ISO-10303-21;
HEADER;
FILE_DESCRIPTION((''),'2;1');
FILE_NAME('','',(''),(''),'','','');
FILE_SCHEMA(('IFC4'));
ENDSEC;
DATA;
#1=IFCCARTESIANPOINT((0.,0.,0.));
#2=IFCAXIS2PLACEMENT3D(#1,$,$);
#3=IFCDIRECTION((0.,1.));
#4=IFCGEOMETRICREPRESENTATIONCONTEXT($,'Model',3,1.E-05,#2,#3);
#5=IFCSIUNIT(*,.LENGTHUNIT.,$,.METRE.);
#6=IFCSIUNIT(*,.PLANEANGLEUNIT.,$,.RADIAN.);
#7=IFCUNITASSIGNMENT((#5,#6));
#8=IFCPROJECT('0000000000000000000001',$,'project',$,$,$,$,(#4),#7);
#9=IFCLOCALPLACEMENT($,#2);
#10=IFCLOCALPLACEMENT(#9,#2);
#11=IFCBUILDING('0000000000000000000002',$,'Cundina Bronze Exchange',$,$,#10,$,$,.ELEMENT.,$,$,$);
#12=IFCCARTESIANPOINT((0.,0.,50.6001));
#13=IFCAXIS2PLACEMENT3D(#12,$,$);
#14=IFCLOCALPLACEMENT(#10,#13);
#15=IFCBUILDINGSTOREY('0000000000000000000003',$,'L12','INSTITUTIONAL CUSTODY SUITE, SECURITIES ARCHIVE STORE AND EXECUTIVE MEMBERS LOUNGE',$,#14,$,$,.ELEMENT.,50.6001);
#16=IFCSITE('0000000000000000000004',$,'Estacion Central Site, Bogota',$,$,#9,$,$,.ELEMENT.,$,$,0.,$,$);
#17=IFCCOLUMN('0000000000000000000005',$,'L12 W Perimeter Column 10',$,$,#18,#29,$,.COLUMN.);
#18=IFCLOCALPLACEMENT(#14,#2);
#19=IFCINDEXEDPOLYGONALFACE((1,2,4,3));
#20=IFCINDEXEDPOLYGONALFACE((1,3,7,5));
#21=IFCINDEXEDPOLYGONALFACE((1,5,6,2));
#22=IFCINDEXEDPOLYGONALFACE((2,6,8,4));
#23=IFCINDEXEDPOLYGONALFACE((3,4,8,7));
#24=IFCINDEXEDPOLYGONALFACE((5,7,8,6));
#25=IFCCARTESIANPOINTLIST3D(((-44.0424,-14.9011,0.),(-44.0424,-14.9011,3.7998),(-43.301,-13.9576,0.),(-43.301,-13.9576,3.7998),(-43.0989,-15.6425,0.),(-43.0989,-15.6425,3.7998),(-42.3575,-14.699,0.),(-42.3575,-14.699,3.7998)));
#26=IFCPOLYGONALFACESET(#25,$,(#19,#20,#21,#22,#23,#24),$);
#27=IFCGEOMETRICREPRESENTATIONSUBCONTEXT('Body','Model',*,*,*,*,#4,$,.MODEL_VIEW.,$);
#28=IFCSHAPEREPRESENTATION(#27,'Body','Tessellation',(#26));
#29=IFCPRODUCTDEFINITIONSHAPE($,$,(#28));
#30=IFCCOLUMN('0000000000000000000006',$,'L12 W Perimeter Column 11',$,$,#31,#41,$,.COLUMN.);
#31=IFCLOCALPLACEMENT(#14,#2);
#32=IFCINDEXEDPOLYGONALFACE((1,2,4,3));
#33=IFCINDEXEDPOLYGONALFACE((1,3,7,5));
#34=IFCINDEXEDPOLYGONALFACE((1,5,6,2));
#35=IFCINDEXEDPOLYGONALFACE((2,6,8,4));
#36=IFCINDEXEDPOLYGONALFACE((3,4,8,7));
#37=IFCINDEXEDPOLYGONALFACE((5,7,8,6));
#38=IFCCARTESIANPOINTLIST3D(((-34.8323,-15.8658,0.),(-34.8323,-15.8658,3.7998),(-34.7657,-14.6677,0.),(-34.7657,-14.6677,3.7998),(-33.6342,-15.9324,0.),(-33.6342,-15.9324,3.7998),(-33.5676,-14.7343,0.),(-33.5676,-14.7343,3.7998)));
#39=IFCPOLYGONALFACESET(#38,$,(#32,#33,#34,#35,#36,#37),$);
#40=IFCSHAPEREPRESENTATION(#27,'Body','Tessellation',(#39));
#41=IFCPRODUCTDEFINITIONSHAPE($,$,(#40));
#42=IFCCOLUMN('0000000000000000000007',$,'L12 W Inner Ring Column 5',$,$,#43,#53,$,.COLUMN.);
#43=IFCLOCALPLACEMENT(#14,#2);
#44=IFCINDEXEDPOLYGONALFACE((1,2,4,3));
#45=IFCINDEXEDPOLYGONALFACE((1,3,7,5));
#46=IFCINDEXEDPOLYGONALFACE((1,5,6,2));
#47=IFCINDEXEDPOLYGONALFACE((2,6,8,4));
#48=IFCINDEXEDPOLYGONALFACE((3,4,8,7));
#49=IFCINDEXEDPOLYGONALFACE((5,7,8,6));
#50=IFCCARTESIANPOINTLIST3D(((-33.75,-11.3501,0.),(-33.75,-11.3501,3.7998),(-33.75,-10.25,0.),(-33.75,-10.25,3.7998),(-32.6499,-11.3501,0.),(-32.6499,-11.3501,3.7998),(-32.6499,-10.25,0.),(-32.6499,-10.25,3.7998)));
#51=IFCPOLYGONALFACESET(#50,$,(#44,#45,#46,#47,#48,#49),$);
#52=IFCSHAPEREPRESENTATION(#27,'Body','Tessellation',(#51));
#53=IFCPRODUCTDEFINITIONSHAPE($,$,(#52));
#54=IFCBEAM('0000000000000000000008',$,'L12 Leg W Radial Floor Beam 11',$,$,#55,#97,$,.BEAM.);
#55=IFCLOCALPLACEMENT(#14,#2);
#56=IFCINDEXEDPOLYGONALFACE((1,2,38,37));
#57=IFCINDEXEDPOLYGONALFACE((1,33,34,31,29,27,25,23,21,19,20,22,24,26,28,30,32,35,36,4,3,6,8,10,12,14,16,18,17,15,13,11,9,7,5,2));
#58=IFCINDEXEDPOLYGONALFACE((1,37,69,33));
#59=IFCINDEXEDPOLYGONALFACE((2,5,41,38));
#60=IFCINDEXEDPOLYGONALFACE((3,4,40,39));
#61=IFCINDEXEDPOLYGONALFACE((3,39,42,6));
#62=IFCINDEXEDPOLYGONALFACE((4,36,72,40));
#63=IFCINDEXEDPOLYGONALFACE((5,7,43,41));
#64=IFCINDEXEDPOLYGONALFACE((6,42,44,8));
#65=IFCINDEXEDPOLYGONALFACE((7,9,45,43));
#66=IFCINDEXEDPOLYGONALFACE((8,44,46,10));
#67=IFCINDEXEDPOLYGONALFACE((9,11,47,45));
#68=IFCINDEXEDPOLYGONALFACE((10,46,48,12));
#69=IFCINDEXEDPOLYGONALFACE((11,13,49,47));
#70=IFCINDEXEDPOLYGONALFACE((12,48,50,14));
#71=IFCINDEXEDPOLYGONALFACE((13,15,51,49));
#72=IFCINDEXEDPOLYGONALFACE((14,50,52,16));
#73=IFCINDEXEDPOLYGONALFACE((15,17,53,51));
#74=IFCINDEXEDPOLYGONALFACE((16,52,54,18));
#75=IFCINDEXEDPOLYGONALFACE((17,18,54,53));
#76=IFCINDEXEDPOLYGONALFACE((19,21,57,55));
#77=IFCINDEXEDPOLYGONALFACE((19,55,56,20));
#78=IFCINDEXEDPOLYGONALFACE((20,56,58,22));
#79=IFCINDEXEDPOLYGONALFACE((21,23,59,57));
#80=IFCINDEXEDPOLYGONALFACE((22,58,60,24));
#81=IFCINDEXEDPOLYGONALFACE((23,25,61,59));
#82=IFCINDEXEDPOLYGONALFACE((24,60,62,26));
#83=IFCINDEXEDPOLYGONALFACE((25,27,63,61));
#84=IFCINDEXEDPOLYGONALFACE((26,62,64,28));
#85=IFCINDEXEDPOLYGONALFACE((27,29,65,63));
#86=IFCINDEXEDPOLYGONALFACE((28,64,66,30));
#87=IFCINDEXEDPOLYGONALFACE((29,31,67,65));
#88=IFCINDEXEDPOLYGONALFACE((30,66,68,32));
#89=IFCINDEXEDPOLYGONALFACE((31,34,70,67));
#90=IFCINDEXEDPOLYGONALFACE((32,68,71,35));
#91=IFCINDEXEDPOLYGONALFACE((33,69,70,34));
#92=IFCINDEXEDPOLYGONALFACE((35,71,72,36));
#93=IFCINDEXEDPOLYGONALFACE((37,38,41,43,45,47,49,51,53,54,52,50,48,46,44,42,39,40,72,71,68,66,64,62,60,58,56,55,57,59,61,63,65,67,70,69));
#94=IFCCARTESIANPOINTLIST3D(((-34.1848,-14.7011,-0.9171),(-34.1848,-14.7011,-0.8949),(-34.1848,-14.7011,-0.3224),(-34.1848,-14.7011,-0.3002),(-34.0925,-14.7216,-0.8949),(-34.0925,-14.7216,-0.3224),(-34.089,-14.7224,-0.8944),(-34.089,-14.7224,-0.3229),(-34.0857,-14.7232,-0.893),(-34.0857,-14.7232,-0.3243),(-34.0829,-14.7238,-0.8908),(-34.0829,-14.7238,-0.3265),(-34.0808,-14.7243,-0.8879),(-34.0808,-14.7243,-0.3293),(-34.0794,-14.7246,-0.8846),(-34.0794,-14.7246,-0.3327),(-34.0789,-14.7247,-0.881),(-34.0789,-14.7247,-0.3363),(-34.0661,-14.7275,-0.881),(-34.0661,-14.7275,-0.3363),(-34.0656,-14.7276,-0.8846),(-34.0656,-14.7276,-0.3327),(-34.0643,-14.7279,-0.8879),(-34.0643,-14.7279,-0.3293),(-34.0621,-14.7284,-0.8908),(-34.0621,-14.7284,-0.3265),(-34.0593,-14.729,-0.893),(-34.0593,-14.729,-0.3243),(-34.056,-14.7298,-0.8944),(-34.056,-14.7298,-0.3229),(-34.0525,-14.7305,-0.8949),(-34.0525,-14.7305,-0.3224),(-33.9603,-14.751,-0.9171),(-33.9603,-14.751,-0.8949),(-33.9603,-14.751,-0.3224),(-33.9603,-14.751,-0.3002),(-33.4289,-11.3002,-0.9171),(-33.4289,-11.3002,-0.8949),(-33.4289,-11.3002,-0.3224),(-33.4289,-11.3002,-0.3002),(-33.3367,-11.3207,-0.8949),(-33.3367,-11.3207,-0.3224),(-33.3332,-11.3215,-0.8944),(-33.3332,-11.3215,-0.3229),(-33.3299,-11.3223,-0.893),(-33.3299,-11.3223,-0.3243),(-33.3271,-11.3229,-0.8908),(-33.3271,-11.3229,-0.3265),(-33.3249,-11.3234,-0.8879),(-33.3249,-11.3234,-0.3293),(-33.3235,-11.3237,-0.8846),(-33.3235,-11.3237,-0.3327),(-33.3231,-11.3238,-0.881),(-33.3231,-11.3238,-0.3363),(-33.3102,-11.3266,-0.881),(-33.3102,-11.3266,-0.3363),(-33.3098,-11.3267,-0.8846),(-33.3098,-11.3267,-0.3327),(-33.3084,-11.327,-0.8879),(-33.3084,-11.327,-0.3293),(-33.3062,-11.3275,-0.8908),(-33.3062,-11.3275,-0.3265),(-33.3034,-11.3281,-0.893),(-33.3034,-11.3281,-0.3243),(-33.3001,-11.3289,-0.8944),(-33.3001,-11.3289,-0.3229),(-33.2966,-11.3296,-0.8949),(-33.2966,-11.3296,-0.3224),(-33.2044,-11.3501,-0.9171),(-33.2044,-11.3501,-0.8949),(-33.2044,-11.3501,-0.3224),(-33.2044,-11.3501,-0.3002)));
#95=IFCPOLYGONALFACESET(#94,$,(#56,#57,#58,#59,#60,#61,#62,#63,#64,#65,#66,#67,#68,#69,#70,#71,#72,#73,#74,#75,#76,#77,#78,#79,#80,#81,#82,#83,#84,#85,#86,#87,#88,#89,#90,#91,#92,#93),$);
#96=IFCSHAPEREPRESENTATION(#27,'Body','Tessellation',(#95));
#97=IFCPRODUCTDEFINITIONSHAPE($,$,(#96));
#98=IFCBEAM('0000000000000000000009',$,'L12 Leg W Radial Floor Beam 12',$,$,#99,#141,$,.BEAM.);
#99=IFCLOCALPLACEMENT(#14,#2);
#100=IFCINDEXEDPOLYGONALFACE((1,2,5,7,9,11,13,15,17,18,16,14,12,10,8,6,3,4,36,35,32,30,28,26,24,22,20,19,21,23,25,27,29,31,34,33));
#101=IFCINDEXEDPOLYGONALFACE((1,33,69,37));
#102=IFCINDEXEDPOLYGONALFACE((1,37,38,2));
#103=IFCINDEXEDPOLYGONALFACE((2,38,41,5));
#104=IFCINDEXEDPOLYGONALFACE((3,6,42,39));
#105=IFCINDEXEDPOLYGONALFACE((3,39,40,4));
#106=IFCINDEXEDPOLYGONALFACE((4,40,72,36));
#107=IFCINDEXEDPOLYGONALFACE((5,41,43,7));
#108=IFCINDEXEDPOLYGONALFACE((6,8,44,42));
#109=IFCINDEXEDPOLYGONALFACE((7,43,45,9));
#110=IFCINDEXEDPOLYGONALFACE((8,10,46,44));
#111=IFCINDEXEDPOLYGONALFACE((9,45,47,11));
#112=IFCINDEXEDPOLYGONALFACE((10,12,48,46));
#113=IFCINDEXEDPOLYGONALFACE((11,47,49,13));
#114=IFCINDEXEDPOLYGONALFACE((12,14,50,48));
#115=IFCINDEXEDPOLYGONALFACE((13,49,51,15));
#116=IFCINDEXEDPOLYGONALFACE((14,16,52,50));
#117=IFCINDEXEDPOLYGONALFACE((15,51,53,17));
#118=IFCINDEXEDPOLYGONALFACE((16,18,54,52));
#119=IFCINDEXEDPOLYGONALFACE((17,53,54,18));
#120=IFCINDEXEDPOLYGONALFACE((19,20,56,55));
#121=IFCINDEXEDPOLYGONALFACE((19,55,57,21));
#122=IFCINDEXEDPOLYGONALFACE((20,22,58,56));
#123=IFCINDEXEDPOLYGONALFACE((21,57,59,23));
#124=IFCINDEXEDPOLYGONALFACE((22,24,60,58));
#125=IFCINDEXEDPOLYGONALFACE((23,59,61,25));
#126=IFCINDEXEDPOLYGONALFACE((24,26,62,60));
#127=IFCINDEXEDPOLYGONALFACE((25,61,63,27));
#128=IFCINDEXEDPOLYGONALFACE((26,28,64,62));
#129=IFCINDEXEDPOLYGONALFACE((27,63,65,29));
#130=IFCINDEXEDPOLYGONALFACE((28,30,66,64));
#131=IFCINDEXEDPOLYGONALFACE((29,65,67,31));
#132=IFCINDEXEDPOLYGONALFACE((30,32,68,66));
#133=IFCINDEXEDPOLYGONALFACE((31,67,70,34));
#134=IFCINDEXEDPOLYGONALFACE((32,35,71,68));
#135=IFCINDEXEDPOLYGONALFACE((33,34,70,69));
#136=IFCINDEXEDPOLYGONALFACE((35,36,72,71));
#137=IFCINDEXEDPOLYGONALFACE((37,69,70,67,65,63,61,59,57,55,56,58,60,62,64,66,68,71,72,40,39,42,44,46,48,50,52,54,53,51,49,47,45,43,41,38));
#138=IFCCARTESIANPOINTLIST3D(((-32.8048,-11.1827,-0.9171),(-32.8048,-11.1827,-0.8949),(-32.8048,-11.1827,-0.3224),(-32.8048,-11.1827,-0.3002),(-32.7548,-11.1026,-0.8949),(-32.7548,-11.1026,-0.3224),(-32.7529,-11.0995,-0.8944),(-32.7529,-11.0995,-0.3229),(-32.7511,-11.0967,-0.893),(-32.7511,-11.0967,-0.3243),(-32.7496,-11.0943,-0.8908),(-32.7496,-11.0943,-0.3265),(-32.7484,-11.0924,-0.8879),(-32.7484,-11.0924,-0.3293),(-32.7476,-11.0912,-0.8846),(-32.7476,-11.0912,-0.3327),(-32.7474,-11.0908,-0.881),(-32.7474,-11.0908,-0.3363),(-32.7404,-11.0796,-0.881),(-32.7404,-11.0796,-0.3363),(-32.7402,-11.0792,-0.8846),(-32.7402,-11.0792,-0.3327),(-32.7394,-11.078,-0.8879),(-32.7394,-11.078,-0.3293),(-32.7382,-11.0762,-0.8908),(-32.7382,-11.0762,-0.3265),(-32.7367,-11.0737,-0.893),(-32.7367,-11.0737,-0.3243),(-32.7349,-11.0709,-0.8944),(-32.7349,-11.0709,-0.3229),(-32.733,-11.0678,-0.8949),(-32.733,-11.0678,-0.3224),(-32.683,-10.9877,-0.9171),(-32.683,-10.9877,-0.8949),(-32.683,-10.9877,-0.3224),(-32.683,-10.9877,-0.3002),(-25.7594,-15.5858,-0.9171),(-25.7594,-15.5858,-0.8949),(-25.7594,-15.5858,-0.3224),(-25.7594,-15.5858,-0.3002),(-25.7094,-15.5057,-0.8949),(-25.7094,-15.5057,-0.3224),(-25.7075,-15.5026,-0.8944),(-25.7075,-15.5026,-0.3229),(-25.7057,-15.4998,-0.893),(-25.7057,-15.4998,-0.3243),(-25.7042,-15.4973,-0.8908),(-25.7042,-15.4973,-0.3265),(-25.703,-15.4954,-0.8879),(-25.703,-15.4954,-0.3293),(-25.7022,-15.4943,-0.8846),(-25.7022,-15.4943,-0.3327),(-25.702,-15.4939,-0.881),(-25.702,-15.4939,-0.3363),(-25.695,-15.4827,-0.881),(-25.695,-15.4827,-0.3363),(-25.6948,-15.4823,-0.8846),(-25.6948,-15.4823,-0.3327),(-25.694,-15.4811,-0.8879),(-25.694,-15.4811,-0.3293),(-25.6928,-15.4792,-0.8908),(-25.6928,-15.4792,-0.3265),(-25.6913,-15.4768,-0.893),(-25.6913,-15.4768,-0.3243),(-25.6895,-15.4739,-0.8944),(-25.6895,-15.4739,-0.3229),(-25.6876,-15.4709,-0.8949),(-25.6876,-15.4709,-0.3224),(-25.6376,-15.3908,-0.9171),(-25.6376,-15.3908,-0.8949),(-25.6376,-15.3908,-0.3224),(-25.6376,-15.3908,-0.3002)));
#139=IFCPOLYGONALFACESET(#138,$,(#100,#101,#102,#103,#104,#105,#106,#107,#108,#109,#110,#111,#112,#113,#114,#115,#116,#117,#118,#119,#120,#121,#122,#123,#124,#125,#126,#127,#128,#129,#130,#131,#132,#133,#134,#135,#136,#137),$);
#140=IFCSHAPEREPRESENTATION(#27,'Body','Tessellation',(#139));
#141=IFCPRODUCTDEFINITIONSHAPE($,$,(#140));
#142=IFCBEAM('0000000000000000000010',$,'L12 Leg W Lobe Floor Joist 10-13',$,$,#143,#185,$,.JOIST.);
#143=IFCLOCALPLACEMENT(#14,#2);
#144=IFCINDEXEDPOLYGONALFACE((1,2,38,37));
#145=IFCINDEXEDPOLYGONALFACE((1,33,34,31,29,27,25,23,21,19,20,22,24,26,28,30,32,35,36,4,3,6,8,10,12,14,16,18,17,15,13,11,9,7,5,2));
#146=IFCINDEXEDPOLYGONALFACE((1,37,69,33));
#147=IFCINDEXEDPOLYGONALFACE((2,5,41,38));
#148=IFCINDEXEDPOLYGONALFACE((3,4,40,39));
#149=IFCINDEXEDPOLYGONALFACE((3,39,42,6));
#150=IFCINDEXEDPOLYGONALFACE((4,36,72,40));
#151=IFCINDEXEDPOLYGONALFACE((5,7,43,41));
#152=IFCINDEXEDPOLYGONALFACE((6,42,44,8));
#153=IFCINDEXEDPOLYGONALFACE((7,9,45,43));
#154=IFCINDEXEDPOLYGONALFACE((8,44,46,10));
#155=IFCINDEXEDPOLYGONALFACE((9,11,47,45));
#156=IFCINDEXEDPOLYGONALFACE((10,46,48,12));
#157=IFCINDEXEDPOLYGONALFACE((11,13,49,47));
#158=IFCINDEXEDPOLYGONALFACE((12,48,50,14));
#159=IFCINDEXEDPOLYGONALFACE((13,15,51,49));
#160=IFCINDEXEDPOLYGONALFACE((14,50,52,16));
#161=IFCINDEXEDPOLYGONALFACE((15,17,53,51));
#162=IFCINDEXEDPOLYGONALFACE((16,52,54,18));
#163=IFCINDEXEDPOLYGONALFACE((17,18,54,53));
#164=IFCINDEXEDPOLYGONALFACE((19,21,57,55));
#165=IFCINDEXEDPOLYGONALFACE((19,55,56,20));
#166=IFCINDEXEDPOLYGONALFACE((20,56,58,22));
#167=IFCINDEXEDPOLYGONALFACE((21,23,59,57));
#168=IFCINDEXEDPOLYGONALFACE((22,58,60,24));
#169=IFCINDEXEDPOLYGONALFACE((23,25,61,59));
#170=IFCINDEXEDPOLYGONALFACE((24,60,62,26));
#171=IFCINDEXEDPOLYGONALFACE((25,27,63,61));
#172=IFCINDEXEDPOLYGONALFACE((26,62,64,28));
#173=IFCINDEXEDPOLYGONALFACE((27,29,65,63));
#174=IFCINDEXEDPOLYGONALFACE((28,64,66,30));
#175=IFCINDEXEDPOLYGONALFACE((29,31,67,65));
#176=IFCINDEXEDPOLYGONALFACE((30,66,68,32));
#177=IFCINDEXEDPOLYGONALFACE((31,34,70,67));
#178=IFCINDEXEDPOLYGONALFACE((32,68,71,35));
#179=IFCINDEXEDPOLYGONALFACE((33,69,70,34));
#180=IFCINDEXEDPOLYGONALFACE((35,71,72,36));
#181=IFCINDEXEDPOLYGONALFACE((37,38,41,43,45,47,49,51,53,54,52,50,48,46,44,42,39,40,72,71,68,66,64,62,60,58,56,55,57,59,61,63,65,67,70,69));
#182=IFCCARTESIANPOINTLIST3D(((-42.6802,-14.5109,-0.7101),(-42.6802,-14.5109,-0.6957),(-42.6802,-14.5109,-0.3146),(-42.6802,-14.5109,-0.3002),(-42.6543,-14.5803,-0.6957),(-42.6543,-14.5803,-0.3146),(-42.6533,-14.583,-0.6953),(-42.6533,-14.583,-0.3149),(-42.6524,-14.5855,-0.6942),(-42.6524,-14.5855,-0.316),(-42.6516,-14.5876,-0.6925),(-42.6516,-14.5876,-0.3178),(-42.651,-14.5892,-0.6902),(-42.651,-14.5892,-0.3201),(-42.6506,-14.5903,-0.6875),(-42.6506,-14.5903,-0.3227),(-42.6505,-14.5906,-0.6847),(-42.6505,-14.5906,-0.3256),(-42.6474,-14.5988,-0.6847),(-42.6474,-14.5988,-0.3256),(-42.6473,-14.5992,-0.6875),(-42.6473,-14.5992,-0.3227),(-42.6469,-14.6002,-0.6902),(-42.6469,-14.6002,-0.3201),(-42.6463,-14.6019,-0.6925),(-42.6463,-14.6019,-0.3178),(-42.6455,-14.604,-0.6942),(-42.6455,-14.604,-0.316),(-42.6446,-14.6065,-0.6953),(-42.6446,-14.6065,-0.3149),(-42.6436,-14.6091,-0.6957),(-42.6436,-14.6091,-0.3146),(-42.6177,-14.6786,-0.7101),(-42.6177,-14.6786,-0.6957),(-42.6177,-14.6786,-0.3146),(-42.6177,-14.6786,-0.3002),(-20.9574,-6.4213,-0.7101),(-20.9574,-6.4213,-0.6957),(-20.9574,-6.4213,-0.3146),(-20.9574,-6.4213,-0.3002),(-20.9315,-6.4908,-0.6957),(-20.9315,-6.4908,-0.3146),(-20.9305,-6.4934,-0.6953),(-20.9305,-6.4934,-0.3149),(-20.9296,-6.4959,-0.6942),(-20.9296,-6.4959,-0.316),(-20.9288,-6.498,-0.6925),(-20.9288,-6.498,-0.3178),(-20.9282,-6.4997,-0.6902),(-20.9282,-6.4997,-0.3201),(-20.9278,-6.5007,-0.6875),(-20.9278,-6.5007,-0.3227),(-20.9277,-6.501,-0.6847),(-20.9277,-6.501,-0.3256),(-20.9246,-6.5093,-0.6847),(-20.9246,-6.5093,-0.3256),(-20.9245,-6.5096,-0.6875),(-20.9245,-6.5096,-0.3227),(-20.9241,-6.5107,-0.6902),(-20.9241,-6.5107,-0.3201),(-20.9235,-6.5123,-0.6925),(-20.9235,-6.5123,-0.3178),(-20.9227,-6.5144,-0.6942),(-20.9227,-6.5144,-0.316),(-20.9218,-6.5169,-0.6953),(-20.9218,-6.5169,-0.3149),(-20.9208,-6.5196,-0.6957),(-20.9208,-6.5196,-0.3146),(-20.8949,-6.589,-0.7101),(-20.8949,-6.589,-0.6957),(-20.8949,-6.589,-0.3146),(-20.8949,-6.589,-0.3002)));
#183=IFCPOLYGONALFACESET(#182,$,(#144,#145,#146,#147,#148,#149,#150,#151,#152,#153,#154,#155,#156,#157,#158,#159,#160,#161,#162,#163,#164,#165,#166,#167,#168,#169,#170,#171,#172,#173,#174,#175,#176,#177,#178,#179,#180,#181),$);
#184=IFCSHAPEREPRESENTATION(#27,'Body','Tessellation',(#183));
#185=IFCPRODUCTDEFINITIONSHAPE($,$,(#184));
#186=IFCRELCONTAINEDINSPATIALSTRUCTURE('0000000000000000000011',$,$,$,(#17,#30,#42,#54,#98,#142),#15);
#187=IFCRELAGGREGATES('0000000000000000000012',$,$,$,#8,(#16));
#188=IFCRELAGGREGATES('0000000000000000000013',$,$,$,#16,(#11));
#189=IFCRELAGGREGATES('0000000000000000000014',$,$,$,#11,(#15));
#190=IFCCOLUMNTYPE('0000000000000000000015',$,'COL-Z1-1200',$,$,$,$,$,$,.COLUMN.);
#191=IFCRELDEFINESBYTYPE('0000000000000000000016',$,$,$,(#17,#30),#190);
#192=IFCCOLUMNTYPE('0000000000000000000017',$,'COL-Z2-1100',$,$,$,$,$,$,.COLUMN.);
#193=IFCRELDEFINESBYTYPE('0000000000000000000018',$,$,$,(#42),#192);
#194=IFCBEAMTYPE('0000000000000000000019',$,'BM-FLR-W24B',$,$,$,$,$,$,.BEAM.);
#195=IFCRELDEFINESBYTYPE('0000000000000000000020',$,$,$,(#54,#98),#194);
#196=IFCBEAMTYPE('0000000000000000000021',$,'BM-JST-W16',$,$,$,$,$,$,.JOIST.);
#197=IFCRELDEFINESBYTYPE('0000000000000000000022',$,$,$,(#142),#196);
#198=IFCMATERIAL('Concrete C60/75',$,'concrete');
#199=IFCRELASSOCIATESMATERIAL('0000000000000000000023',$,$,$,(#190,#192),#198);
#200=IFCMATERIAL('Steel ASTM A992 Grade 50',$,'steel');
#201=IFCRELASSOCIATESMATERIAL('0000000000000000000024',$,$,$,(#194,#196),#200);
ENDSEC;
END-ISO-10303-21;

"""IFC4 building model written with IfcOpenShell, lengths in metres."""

from ifc_helpers import new_model, si_unit, direction, frame, origin, origin_2d, place, context, subcontext, project, spatial, rectangle, i_section, extrude, material, material_profile, profile_set, type_object, element, save


model = new_model("IFC4")

# Units and contexts
model_context = context("Model", 3, precision=1e-05, world=origin(), true_north=direction((0.0, 1.0)))
body_context = subcontext(model_context, "Body", "Model", "MODEL_VIEW")
ifc_project = project(units=[si_unit("LENGTHUNIT", "METRE"), si_unit("PLANEANGLEUNIT", "RADIAN")], contexts=[model_context])

# Site, building, storey
site_placement = place(None, origin())
site = spatial("IfcSite", under=ifc_project, at=site_placement, Name="Estacion Central Site, Bogota", CompositionType="ELEMENT", RefElevation=0.0)
building_placement = place(site_placement, origin())
building = spatial("IfcBuilding", under=site, at=building_placement, Name="Cundina Bronze Exchange", CompositionType="ELEMENT")
storey_placement = place(building_placement, frame((0.0, 0.0, 50.6001)))
storey = spatial("IfcBuildingStorey", under=building, at=storey_placement, Name="L12", Description="INSTITUTIONAL CUSTODY SUITE, SECURITIES ARCHIVE STORE AND EXECUTIVE MEMBERS LOUNGE", CompositionType="ELEMENT", Elevation=50.6001)

# Columns
ifc_material_1 = material(Name="Concrete C60/75", Category="concrete")
ifc_material_profile_1 = material_profile(ifc_material_1, rectangle(XDim=1.2, YDim=1.2, at=origin_2d()), Name="RC1200X1200", Category="concrete")
ifc_profile_set_1 = profile_set([ifc_material_profile_1], Name="Concrete C60/75")
column_type_1 = type_object("IfcColumnType", Name="COL-Z1-1200", PredefinedType="COLUMN", material=ifc_profile_set_1)
for number, where, z_axis, x_axis, name in (
    (1, (-43.2, -14.8, 0.0), (0.0, 0.0, 1.0), (0.786288, -0.61786, 0.0), "L12 W Perimeter Column 10"),
    (2, (-34.2, -15.3, 0.0), (0.0, 0.0, 1.0), (0.99846, -0.055473, 0.0), "L12 W Perimeter Column 11"),
):
    element("IfcColumn", number, at=place(storey_placement, frame(where, z_axis=z_axis, x_axis=x_axis)), inside=storey, type_object=column_type_1, Name=name, PredefinedType="COLUMN", context=body_context, shape_type="SweptSolid", body=[
        extrude(rectangle(XDim=1.2, YDim=1.2, at=origin_2d()), origin(), (0.0, 0.0, 1.0), 3.7998),
    ])
ifc_material_profile_2 = material_profile(ifc_material_1, rectangle(XDim=1.1001, YDim=1.1001, at=origin_2d()), Name="RC1100X1100", Category="concrete")
ifc_profile_set_2 = profile_set([ifc_material_profile_2], Name="Concrete C60/75")
column_type_2 = type_object("IfcColumnType", Name="COL-Z2-1100", PredefinedType="COLUMN", material=ifc_profile_set_2)
column_placement = place(storey_placement, frame((-33.2, -10.8, 0.0), z_axis=(0.0, 0.0, 1.0), x_axis=(1.0, 0.0, 0.0)))
element("IfcColumn", 3, at=column_placement, inside=storey, type_object=column_type_2, Name="L12 W Inner Ring Column 5", PredefinedType="COLUMN", context=body_context, shape_type="SweptSolid", body=[
    extrude(rectangle(XDim=1.1001, YDim=1.1001, at=origin_2d()), origin(), (0.0, 0.0, 1.0), 3.7998),
])

# Beams
ifc_material_2 = material(Name="Steel ASTM A992 Grade 50", Category="steel")
ifc_material_profile_3 = material_profile(ifc_material_2, i_section(OverallWidth=0.23, OverallDepth=0.6169, WebThickness=0.0132, FlangeThickness=0.0222, FilletRadius=0.0139, at=origin_2d()), Name="W24X94", Category="steel")
ifc_profile_set_3 = profile_set([ifc_material_profile_3], Name="Steel ASTM A992 Grade 50")
beam_type_1 = type_object("IfcBeamType", Name="BM-FLR-W24B", PredefinedType="BEAM", material=ifc_profile_set_3)
beam_1_placement = place(storey_placement, frame((-33.3167, -11.3252, -0.6086), z_axis=(-0.21696, -0.97618, 0.0), x_axis=(0.97618, -0.21696, 0.0)))
element("IfcBeam", 4, at=beam_1_placement, inside=storey, type_object=beam_type_1, Name="L12 Leg W Radial Floor Beam 11", PredefinedType="BEAM", context=body_context, shape_type="SweptSolid", body=[
    extrude(i_section(OverallWidth=0.23, OverallDepth=0.6169, WebThickness=0.0132, FlangeThickness=0.0222, FilletRadius=0.0139, at=origin_2d()), origin(), (0.0, 0.0, 1.0), 3.4839),
])
beam_2_placement = place(storey_placement, frame((-32.7439, -11.0852, -0.6086), z_axis=(0.848015, -0.529973, 0.0), x_axis=(0.529973, 0.848015, 0.0)))
element("IfcBeam", 5, at=beam_2_placement, inside=storey, type_object=beam_type_1, Name="L12 Leg W Radial Floor Beam 12", PredefinedType="BEAM", context=body_context, shape_type="SweptSolid", body=[
    extrude(i_section(OverallWidth=0.23, OverallDepth=0.6169, WebThickness=0.0132, FlangeThickness=0.0222, FilletRadius=0.0139, at=origin_2d()), origin(), (0.0, 0.0, 1.0), 8.3081),
])
ifc_material_profile_4 = material_profile(ifc_material_2, i_section(OverallWidth=0.179, OverallDepth=0.4099, WebThickness=0.0088, FlangeThickness=0.0144, FilletRadius=0.011, at=origin_2d()), Name="W16X45", Category="steel")
ifc_profile_set_4 = profile_set([ifc_material_profile_4], Name="Steel ASTM A992 Grade 50")
beam_type_2 = type_object("IfcBeamType", Name="BM-JST-W16", PredefinedType="JOIST", material=ifc_profile_set_4)
beam_3_placement = place(storey_placement, frame((-42.6489, -14.5947, -0.5051), z_axis=(0.937128, 0.348986, 0.0), x_axis=(-0.348986, 0.937128, 0.0)))
element("IfcBeam", 6, at=beam_3_placement, inside=storey, type_object=beam_type_2, Name="L12 Leg W Lobe Floor Joist 10-13", PredefinedType="JOIST", context=body_context, shape_type="SweptSolid", body=[
    extrude(i_section(OverallWidth=0.179, OverallDepth=0.4099, WebThickness=0.0088, FlangeThickness=0.0144, FilletRadius=0.011, at=origin_2d()), origin(), (0.0, 0.0, 1.0), 23.1802),
])

save(model, "model.ifc")
